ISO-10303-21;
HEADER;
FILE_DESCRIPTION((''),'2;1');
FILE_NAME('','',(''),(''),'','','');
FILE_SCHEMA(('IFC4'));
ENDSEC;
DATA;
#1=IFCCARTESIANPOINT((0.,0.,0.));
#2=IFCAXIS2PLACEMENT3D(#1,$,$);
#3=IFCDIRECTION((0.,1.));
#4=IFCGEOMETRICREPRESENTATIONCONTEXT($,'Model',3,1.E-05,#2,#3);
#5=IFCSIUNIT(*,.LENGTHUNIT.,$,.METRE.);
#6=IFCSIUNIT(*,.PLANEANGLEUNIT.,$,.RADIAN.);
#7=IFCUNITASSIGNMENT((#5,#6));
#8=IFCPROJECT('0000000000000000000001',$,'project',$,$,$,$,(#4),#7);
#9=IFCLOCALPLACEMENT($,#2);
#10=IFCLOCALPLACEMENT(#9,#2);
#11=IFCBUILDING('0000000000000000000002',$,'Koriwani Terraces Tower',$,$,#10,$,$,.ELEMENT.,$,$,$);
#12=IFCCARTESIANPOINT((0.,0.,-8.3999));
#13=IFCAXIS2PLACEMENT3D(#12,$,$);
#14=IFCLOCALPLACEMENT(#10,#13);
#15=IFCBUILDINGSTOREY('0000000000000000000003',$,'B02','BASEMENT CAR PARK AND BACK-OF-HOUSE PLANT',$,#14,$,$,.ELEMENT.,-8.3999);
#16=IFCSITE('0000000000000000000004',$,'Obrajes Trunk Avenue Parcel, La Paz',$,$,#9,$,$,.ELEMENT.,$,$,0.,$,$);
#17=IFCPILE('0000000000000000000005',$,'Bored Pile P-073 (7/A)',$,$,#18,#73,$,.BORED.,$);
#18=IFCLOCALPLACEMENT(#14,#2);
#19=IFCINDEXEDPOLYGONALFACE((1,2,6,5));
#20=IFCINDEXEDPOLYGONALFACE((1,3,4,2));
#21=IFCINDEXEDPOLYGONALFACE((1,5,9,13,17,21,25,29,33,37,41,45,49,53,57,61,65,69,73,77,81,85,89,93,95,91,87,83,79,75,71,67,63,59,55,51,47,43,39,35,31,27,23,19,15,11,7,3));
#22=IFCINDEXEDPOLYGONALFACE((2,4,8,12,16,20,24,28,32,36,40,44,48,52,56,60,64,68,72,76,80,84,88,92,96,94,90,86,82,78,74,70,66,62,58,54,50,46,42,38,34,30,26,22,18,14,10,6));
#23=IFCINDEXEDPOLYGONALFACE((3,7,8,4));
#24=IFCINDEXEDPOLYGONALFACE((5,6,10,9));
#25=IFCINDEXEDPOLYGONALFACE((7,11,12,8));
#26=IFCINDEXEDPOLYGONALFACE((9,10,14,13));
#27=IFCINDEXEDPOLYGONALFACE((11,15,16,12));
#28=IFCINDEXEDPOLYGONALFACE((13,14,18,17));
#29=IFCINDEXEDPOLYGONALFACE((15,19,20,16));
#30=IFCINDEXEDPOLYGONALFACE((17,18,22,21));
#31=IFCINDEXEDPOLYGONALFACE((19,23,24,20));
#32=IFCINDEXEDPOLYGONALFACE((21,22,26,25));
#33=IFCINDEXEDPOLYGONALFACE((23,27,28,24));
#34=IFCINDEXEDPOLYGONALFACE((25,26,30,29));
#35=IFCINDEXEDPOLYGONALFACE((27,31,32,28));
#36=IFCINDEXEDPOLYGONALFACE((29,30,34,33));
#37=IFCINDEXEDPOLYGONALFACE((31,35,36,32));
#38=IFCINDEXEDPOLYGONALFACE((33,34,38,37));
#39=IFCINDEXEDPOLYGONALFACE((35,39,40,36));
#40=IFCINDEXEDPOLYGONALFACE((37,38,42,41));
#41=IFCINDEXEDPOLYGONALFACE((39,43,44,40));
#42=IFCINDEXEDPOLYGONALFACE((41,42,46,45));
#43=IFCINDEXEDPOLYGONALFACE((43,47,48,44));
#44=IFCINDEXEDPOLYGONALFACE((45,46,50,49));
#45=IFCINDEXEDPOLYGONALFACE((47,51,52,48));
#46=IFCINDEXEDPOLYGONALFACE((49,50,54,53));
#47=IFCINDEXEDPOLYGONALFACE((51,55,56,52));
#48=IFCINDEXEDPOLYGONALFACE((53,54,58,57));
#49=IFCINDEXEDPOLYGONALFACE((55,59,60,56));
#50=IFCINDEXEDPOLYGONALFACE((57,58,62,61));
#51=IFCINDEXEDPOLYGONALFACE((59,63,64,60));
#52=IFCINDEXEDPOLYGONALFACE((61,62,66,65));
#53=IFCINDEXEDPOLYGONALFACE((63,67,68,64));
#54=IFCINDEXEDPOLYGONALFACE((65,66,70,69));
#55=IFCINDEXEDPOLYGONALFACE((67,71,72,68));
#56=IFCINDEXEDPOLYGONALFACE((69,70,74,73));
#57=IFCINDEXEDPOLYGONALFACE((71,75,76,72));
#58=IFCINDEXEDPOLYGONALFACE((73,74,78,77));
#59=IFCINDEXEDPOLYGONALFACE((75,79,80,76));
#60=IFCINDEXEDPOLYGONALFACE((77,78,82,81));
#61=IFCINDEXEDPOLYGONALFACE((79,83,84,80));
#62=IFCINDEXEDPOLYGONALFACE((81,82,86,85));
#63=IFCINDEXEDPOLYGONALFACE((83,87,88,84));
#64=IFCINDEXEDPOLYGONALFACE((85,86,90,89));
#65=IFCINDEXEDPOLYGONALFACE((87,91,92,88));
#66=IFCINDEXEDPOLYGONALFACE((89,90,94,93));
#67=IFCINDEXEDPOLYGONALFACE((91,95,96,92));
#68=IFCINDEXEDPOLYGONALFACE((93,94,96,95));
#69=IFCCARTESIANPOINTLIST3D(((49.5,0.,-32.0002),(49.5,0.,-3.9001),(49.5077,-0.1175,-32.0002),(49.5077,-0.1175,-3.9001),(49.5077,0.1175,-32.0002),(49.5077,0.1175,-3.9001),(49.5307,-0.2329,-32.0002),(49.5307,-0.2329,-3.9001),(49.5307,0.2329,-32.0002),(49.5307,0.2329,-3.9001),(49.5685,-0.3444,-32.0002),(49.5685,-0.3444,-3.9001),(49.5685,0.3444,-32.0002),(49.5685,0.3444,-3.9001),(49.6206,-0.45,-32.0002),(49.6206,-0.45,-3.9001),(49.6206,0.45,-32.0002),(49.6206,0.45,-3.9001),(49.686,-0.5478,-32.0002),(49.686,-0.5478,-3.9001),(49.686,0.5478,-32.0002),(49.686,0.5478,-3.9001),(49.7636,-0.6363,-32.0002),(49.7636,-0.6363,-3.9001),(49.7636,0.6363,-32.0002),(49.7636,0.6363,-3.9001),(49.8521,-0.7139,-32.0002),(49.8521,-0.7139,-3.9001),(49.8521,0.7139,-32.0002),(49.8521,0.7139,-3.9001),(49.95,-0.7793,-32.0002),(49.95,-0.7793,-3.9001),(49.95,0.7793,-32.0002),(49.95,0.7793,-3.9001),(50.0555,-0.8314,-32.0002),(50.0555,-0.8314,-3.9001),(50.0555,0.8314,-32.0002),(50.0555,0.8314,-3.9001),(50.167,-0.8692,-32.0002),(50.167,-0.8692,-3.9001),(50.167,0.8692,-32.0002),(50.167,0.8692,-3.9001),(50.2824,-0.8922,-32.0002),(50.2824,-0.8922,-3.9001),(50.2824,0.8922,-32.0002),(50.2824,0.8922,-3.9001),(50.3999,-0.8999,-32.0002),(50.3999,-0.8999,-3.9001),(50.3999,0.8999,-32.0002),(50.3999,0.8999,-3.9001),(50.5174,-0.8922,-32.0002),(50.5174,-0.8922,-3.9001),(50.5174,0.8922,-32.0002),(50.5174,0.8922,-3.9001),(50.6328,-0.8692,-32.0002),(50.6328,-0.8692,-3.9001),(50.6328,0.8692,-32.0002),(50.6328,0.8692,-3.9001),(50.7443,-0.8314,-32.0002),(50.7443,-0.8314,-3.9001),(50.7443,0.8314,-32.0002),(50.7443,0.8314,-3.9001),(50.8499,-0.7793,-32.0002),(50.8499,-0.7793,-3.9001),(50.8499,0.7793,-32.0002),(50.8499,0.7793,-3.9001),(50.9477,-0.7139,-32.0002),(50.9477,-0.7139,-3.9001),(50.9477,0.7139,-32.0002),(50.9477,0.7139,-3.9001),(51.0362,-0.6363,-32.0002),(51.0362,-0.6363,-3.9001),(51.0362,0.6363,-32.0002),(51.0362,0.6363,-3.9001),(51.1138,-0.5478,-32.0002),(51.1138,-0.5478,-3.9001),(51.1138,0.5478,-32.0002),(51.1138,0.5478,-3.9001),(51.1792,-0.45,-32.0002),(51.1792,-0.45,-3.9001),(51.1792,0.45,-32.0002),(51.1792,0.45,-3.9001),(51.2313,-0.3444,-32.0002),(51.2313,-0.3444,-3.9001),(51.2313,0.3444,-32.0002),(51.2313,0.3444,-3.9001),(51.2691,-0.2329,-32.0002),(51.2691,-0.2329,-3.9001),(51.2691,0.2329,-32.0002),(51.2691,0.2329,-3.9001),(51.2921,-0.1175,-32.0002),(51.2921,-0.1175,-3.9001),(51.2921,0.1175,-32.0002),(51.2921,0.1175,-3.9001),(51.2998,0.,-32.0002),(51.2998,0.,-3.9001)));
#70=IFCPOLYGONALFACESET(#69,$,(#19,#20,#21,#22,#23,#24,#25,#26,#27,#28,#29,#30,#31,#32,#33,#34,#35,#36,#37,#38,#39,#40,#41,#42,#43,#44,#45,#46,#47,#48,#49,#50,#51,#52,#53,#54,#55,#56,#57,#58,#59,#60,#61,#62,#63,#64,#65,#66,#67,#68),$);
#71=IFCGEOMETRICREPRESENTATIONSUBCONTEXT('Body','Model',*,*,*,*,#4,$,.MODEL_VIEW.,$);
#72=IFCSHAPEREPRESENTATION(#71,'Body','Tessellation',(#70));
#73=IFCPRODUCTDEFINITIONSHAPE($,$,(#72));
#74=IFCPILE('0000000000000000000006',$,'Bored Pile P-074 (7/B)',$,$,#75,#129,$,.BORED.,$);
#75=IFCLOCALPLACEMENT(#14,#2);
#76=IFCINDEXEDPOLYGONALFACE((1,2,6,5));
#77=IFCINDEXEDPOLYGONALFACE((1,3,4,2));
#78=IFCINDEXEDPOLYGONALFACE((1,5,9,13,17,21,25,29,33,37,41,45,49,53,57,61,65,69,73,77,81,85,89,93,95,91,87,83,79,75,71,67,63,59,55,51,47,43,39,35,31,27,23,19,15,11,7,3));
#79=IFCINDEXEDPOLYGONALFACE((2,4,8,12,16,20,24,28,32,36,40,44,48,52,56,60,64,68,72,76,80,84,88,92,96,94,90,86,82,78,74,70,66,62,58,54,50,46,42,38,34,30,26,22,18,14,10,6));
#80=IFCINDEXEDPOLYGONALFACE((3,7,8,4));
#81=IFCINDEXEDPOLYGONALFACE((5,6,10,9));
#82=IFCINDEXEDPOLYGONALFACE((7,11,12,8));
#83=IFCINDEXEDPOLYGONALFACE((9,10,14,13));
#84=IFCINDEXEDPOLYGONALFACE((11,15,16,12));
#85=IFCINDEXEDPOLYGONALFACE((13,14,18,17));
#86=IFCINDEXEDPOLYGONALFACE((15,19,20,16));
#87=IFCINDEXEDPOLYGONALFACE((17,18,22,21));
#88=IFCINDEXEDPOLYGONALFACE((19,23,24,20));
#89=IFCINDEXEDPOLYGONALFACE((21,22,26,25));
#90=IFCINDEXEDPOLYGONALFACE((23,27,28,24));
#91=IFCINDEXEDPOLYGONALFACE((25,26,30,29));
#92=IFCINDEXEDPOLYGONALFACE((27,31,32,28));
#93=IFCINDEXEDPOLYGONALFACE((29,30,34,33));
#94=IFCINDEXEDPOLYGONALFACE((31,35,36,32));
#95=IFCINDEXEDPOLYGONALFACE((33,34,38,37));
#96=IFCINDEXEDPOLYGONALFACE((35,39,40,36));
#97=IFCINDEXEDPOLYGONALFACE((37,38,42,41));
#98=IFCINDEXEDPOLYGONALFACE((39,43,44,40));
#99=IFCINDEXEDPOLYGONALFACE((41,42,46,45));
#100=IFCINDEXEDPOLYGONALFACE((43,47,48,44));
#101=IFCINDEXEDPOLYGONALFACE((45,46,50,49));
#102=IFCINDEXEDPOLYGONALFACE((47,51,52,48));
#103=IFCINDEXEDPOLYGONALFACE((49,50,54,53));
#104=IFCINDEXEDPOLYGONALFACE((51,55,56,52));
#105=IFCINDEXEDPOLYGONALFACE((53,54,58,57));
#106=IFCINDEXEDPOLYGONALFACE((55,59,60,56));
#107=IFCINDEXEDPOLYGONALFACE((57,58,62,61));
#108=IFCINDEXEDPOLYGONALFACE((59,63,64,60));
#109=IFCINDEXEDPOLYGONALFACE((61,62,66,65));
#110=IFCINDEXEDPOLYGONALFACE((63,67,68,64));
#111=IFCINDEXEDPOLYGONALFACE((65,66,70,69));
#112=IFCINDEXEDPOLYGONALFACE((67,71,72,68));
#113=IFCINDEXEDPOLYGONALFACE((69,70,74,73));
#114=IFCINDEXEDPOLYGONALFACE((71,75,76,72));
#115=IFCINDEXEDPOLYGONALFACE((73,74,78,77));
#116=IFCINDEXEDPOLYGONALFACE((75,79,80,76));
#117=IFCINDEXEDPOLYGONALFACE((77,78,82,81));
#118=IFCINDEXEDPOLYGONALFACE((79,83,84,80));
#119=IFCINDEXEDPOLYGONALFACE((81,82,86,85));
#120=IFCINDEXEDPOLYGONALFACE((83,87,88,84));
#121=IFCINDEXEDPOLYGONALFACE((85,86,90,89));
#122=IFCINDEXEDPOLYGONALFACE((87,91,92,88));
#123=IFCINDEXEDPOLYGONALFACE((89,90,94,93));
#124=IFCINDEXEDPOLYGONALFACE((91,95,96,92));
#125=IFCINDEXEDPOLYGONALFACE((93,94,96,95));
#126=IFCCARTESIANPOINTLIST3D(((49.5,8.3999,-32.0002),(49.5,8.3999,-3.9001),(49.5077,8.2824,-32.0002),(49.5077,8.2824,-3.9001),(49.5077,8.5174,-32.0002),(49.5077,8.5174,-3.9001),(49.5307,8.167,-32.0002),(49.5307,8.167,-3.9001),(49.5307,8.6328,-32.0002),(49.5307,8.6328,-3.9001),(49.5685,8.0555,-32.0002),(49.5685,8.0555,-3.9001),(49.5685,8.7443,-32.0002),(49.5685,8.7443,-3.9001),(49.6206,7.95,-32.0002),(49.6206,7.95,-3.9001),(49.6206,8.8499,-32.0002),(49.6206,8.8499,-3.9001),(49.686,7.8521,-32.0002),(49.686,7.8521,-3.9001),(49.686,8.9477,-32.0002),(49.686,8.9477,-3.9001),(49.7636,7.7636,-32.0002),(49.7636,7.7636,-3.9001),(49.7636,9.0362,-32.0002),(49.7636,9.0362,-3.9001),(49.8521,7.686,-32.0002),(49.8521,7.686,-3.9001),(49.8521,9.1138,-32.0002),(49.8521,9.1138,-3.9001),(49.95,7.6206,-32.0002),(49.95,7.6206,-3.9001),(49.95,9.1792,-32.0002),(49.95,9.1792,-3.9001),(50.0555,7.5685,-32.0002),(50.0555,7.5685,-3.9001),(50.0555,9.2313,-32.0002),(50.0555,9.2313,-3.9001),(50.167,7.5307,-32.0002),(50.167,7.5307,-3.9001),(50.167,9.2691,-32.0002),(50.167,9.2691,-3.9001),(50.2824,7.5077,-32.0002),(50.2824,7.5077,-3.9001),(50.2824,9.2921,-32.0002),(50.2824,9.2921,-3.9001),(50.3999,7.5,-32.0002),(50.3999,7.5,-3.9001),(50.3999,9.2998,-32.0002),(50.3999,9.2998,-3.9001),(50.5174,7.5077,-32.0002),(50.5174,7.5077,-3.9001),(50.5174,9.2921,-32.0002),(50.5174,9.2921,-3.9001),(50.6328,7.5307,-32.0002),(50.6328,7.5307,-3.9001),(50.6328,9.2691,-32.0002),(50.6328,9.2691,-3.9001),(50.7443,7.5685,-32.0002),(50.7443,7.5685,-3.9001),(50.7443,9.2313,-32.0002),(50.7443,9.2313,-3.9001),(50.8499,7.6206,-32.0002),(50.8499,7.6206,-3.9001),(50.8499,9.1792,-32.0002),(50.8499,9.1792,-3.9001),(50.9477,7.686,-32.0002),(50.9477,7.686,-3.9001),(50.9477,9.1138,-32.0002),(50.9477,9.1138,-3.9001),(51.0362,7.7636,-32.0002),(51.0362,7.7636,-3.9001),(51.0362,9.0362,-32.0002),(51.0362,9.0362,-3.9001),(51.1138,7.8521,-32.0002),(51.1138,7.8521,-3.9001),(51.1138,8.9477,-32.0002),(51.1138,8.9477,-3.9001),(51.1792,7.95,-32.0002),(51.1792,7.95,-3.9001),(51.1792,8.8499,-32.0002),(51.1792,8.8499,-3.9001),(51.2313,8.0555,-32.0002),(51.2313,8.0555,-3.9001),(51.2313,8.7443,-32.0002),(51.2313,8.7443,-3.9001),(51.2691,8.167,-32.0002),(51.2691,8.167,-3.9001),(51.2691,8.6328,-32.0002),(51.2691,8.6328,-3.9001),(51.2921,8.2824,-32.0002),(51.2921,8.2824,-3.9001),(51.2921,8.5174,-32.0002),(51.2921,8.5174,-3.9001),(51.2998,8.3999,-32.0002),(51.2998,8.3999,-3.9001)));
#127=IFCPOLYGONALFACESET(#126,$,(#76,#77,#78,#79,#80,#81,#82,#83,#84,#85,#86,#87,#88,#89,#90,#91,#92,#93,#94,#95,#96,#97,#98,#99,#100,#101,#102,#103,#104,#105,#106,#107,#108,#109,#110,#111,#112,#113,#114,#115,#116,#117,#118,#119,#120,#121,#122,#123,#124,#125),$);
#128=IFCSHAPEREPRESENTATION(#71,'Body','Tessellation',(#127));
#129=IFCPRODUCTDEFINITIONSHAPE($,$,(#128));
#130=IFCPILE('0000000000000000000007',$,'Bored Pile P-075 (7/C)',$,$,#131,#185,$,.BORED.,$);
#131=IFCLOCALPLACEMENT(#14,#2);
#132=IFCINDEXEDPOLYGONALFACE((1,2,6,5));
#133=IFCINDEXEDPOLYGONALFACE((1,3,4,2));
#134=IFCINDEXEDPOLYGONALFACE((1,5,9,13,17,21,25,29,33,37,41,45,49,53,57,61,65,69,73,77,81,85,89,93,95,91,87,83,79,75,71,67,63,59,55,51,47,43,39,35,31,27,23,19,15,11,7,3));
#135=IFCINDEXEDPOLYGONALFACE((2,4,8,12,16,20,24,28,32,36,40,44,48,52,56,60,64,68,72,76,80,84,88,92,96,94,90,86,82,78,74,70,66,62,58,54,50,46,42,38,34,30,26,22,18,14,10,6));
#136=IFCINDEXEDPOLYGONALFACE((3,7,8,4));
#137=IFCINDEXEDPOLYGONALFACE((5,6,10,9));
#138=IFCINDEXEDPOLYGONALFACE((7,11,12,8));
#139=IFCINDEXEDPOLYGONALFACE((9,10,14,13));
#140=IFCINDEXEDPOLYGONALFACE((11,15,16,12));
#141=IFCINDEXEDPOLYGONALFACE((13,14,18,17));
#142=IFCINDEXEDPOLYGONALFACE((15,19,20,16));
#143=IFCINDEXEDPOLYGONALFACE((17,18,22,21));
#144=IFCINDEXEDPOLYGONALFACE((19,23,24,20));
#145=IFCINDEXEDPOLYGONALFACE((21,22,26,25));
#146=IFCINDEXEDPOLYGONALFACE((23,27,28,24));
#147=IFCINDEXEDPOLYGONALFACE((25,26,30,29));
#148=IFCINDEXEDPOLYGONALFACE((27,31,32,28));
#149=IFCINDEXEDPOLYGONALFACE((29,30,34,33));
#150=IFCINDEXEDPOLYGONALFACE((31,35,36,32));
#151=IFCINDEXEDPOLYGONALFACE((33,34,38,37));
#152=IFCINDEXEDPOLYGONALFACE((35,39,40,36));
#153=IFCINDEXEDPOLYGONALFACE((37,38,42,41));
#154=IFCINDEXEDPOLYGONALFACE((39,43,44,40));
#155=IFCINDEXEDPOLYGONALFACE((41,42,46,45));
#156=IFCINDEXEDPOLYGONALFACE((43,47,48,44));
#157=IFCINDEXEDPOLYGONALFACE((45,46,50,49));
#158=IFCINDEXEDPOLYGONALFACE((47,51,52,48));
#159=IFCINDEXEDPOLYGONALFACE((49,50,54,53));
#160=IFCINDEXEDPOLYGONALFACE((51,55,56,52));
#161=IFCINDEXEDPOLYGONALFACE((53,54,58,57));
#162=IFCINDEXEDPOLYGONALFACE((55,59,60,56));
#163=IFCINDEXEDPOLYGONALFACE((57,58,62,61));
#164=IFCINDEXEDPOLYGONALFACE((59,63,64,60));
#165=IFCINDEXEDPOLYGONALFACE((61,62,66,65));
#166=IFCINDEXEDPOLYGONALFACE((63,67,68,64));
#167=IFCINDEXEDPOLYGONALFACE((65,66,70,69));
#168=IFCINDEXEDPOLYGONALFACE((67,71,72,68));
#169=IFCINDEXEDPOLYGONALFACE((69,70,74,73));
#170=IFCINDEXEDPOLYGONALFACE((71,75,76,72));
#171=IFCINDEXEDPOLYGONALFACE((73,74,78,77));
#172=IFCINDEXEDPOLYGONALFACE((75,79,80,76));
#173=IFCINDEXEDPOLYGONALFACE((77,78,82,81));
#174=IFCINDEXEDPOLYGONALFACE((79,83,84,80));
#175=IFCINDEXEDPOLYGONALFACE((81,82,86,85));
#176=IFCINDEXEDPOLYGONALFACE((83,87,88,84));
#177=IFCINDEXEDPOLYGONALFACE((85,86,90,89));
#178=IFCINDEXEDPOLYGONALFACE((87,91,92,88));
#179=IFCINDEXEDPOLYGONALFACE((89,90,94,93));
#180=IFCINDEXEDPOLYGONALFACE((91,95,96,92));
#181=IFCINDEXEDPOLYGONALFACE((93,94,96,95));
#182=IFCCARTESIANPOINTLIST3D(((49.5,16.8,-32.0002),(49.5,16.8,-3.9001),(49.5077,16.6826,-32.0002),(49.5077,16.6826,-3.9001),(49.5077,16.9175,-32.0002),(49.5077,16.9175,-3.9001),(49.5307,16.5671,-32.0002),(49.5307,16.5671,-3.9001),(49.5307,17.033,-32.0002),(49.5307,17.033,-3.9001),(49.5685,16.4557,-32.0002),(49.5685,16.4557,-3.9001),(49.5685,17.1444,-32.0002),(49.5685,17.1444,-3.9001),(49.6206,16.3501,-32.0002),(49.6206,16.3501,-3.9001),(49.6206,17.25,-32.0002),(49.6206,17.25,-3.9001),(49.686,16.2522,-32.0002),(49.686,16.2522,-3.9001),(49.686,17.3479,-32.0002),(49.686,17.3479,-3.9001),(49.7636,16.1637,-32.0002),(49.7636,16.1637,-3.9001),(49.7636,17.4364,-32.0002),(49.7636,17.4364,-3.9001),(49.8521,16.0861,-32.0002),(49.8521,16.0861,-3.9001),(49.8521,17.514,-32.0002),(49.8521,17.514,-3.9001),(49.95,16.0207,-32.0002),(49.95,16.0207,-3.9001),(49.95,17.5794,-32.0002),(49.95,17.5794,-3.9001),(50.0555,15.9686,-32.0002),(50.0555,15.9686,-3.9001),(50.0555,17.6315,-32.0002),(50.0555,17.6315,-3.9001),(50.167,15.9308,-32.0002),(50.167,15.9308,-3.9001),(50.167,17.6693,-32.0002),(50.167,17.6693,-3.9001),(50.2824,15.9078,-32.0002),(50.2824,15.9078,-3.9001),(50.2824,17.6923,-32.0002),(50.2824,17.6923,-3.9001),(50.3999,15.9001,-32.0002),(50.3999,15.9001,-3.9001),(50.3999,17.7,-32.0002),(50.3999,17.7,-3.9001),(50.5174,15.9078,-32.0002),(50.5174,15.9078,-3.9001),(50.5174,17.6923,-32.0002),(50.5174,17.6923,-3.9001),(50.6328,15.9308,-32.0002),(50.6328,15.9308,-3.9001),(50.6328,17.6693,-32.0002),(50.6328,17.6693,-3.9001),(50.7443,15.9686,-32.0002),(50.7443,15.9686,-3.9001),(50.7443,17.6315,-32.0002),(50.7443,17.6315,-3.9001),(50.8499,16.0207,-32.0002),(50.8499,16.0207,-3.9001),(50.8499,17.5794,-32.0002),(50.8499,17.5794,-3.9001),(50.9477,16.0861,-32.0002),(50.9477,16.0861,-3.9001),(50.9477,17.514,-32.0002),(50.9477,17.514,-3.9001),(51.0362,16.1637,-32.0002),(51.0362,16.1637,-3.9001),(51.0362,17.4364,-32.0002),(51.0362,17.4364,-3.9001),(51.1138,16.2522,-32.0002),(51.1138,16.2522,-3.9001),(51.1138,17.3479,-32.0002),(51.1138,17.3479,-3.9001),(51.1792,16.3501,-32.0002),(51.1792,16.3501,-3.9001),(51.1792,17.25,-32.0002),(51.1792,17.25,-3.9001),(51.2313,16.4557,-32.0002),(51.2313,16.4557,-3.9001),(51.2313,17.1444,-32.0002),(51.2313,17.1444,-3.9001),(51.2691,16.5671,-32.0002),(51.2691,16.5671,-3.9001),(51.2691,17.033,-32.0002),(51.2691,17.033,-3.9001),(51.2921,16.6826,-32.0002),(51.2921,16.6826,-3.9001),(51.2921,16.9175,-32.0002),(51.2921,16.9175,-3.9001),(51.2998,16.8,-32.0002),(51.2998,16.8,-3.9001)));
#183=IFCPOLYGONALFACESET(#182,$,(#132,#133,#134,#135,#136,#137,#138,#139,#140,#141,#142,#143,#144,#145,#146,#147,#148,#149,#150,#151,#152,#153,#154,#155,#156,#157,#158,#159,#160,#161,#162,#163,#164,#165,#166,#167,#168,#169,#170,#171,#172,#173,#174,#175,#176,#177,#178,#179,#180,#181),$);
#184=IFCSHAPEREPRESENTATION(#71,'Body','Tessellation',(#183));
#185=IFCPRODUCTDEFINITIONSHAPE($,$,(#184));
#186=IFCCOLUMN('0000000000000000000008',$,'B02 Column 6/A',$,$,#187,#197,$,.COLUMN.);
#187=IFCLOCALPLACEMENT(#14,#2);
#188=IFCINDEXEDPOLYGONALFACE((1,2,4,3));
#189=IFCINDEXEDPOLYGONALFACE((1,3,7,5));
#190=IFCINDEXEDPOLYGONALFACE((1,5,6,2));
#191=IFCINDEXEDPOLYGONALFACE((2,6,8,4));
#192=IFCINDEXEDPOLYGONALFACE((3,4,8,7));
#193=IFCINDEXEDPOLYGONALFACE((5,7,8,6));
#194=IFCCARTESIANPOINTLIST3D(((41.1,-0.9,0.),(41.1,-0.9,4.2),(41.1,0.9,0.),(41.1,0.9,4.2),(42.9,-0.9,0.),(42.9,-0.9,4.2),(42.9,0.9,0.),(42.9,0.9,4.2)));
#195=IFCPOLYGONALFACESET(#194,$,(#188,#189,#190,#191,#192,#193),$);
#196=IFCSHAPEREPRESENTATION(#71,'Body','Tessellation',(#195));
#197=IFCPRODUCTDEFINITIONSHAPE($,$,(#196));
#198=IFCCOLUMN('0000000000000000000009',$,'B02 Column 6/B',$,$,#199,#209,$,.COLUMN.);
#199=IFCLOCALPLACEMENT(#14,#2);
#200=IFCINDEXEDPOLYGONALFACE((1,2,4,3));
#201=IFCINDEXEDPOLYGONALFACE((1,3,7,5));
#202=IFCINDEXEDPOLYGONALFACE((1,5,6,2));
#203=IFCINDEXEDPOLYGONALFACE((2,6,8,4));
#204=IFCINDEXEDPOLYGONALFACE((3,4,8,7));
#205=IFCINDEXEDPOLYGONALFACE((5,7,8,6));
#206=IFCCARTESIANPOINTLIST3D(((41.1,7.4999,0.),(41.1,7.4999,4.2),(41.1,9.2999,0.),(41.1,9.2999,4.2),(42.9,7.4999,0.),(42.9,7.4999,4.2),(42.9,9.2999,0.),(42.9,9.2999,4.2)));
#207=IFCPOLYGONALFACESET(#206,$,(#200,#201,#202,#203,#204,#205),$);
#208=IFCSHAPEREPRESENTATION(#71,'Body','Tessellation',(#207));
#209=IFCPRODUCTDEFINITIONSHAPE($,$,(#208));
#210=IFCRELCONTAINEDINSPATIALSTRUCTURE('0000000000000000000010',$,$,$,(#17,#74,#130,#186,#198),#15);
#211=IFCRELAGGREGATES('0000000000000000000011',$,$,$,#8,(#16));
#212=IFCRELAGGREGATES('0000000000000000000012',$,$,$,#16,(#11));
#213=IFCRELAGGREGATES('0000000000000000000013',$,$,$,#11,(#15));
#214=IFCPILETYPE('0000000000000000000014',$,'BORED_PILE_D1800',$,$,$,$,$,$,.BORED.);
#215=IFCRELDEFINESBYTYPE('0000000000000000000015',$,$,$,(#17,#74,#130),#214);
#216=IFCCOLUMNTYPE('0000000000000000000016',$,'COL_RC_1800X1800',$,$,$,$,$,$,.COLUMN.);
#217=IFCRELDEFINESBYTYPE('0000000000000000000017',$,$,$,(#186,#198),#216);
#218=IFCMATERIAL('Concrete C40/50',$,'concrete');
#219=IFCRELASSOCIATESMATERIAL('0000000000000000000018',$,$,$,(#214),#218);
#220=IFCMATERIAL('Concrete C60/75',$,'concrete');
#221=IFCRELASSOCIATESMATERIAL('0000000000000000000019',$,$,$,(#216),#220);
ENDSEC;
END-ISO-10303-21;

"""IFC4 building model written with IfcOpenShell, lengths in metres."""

from ifc_helpers import new_model, si_unit, direction, frame, origin, origin_2d, place, context, subcontext, project, spatial, rectangle, circle, extrude, material, material_profile, profile_set, type_object, element, save


model = new_model("IFC4")

# Units and contexts
model_context = context("Model", 3, precision=1e-05, world=origin(), true_north=direction((0.0, 1.0)))
body_context = subcontext(model_context, "Body", "Model", "MODEL_VIEW")
ifc_project = project(units=[si_unit("LENGTHUNIT", "METRE"), si_unit("PLANEANGLEUNIT", "RADIAN")], contexts=[model_context])

# Site, building, storey
site_placement = place(None, origin())
site = spatial("IfcSite", under=ifc_project, at=site_placement, Name="Obrajes Trunk Avenue Parcel, La Paz", CompositionType="ELEMENT", RefElevation=0.0)
building_placement = place(site_placement, origin())
building = spatial("IfcBuilding", under=site, at=building_placement, Name="Koriwani Terraces Tower", CompositionType="ELEMENT")
storey_placement = place(building_placement, frame((0.0, 0.0, -8.3999)))
storey = spatial("IfcBuildingStorey", under=building, at=storey_placement, Name="B02", Description="BASEMENT CAR PARK AND BACK-OF-HOUSE PLANT", CompositionType="ELEMENT", Elevation=-8.3999)

# Piles
ifc_material_1 = material(Name="Concrete C40/50", Category="concrete")
ifc_material_profile_1 = material_profile(ifc_material_1, circle(Radius=0.8999, at=origin_2d()), Name="Concrete C40/50")
ifc_profile_set_1 = profile_set([ifc_material_profile_1], Name="Concrete C40/50")
pile_type = type_object("IfcPileType", Name="BORED_PILE_D1800", PredefinedType="BORED", material=ifc_profile_set_1)
for number, where, z_axis, x_axis, name in (
    (1, (50.3999, 0.0, -3.9001), (0.0, 0.0, -1.0), (1.0, 0.0, 0.0), "Bored Pile P-073 (7/A)"),
    (2, (50.3999, 8.3999, -3.9001), (0.0, 0.0, -1.0), (1.0, 0.0, 0.0), "Bored Pile P-074 (7/B)"),
    (3, (50.3999, 16.8, -3.9001), (0.0, 0.0, -1.0), (1.0, 0.0, 0.0), "Bored Pile P-075 (7/C)"),
):
    element("IfcPile", number, at=place(storey_placement, frame(where, z_axis=z_axis, x_axis=x_axis)), inside=storey, type_object=pile_type, Name=name, PredefinedType="BORED", context=body_context, shape_type="SweptSolid", body=[
        extrude(circle(Radius=0.8999, at=origin_2d()), origin(), (0.0, 0.0, 1.0), 28.1001),
    ])

# Columns
ifc_material_2 = material(Name="Concrete C60/75", Category="concrete")
ifc_material_profile_2 = material_profile(ifc_material_2, rectangle(XDim=1.8, YDim=1.8, at=origin_2d()), Name="Concrete C60/75", Category="LoadBearing")
ifc_profile_set_2 = profile_set([ifc_material_profile_2], Name="Concrete C60/75")
column_type = type_object("IfcColumnType", Name="COL_RC_1800X1800", PredefinedType="COLUMN", material=ifc_profile_set_2)
for number, where, z_axis, x_axis, name in (
    (4, (42.0, 0.0, 0.0), (0.0, 0.0, 1.0), (1.0, 0.0, 0.0), "B02 Column 6/A"),
    (5, (42.0, 8.3999, 0.0), (0.0, 0.0, 1.0), (1.0, 0.0, 0.0), "B02 Column 6/B"),
):
    element("IfcColumn", number, at=place(storey_placement, frame(where, z_axis=z_axis, x_axis=x_axis)), inside=storey, type_object=column_type, Name=name, PredefinedType="COLUMN", context=body_context, shape_type="SweptSolid", body=[
        extrude(rectangle(XDim=1.8, YDim=1.8, at=origin_2d()), origin(), (0.0, 0.0, 1.0), 4.2),
    ])

save(model, "model.ifc")
